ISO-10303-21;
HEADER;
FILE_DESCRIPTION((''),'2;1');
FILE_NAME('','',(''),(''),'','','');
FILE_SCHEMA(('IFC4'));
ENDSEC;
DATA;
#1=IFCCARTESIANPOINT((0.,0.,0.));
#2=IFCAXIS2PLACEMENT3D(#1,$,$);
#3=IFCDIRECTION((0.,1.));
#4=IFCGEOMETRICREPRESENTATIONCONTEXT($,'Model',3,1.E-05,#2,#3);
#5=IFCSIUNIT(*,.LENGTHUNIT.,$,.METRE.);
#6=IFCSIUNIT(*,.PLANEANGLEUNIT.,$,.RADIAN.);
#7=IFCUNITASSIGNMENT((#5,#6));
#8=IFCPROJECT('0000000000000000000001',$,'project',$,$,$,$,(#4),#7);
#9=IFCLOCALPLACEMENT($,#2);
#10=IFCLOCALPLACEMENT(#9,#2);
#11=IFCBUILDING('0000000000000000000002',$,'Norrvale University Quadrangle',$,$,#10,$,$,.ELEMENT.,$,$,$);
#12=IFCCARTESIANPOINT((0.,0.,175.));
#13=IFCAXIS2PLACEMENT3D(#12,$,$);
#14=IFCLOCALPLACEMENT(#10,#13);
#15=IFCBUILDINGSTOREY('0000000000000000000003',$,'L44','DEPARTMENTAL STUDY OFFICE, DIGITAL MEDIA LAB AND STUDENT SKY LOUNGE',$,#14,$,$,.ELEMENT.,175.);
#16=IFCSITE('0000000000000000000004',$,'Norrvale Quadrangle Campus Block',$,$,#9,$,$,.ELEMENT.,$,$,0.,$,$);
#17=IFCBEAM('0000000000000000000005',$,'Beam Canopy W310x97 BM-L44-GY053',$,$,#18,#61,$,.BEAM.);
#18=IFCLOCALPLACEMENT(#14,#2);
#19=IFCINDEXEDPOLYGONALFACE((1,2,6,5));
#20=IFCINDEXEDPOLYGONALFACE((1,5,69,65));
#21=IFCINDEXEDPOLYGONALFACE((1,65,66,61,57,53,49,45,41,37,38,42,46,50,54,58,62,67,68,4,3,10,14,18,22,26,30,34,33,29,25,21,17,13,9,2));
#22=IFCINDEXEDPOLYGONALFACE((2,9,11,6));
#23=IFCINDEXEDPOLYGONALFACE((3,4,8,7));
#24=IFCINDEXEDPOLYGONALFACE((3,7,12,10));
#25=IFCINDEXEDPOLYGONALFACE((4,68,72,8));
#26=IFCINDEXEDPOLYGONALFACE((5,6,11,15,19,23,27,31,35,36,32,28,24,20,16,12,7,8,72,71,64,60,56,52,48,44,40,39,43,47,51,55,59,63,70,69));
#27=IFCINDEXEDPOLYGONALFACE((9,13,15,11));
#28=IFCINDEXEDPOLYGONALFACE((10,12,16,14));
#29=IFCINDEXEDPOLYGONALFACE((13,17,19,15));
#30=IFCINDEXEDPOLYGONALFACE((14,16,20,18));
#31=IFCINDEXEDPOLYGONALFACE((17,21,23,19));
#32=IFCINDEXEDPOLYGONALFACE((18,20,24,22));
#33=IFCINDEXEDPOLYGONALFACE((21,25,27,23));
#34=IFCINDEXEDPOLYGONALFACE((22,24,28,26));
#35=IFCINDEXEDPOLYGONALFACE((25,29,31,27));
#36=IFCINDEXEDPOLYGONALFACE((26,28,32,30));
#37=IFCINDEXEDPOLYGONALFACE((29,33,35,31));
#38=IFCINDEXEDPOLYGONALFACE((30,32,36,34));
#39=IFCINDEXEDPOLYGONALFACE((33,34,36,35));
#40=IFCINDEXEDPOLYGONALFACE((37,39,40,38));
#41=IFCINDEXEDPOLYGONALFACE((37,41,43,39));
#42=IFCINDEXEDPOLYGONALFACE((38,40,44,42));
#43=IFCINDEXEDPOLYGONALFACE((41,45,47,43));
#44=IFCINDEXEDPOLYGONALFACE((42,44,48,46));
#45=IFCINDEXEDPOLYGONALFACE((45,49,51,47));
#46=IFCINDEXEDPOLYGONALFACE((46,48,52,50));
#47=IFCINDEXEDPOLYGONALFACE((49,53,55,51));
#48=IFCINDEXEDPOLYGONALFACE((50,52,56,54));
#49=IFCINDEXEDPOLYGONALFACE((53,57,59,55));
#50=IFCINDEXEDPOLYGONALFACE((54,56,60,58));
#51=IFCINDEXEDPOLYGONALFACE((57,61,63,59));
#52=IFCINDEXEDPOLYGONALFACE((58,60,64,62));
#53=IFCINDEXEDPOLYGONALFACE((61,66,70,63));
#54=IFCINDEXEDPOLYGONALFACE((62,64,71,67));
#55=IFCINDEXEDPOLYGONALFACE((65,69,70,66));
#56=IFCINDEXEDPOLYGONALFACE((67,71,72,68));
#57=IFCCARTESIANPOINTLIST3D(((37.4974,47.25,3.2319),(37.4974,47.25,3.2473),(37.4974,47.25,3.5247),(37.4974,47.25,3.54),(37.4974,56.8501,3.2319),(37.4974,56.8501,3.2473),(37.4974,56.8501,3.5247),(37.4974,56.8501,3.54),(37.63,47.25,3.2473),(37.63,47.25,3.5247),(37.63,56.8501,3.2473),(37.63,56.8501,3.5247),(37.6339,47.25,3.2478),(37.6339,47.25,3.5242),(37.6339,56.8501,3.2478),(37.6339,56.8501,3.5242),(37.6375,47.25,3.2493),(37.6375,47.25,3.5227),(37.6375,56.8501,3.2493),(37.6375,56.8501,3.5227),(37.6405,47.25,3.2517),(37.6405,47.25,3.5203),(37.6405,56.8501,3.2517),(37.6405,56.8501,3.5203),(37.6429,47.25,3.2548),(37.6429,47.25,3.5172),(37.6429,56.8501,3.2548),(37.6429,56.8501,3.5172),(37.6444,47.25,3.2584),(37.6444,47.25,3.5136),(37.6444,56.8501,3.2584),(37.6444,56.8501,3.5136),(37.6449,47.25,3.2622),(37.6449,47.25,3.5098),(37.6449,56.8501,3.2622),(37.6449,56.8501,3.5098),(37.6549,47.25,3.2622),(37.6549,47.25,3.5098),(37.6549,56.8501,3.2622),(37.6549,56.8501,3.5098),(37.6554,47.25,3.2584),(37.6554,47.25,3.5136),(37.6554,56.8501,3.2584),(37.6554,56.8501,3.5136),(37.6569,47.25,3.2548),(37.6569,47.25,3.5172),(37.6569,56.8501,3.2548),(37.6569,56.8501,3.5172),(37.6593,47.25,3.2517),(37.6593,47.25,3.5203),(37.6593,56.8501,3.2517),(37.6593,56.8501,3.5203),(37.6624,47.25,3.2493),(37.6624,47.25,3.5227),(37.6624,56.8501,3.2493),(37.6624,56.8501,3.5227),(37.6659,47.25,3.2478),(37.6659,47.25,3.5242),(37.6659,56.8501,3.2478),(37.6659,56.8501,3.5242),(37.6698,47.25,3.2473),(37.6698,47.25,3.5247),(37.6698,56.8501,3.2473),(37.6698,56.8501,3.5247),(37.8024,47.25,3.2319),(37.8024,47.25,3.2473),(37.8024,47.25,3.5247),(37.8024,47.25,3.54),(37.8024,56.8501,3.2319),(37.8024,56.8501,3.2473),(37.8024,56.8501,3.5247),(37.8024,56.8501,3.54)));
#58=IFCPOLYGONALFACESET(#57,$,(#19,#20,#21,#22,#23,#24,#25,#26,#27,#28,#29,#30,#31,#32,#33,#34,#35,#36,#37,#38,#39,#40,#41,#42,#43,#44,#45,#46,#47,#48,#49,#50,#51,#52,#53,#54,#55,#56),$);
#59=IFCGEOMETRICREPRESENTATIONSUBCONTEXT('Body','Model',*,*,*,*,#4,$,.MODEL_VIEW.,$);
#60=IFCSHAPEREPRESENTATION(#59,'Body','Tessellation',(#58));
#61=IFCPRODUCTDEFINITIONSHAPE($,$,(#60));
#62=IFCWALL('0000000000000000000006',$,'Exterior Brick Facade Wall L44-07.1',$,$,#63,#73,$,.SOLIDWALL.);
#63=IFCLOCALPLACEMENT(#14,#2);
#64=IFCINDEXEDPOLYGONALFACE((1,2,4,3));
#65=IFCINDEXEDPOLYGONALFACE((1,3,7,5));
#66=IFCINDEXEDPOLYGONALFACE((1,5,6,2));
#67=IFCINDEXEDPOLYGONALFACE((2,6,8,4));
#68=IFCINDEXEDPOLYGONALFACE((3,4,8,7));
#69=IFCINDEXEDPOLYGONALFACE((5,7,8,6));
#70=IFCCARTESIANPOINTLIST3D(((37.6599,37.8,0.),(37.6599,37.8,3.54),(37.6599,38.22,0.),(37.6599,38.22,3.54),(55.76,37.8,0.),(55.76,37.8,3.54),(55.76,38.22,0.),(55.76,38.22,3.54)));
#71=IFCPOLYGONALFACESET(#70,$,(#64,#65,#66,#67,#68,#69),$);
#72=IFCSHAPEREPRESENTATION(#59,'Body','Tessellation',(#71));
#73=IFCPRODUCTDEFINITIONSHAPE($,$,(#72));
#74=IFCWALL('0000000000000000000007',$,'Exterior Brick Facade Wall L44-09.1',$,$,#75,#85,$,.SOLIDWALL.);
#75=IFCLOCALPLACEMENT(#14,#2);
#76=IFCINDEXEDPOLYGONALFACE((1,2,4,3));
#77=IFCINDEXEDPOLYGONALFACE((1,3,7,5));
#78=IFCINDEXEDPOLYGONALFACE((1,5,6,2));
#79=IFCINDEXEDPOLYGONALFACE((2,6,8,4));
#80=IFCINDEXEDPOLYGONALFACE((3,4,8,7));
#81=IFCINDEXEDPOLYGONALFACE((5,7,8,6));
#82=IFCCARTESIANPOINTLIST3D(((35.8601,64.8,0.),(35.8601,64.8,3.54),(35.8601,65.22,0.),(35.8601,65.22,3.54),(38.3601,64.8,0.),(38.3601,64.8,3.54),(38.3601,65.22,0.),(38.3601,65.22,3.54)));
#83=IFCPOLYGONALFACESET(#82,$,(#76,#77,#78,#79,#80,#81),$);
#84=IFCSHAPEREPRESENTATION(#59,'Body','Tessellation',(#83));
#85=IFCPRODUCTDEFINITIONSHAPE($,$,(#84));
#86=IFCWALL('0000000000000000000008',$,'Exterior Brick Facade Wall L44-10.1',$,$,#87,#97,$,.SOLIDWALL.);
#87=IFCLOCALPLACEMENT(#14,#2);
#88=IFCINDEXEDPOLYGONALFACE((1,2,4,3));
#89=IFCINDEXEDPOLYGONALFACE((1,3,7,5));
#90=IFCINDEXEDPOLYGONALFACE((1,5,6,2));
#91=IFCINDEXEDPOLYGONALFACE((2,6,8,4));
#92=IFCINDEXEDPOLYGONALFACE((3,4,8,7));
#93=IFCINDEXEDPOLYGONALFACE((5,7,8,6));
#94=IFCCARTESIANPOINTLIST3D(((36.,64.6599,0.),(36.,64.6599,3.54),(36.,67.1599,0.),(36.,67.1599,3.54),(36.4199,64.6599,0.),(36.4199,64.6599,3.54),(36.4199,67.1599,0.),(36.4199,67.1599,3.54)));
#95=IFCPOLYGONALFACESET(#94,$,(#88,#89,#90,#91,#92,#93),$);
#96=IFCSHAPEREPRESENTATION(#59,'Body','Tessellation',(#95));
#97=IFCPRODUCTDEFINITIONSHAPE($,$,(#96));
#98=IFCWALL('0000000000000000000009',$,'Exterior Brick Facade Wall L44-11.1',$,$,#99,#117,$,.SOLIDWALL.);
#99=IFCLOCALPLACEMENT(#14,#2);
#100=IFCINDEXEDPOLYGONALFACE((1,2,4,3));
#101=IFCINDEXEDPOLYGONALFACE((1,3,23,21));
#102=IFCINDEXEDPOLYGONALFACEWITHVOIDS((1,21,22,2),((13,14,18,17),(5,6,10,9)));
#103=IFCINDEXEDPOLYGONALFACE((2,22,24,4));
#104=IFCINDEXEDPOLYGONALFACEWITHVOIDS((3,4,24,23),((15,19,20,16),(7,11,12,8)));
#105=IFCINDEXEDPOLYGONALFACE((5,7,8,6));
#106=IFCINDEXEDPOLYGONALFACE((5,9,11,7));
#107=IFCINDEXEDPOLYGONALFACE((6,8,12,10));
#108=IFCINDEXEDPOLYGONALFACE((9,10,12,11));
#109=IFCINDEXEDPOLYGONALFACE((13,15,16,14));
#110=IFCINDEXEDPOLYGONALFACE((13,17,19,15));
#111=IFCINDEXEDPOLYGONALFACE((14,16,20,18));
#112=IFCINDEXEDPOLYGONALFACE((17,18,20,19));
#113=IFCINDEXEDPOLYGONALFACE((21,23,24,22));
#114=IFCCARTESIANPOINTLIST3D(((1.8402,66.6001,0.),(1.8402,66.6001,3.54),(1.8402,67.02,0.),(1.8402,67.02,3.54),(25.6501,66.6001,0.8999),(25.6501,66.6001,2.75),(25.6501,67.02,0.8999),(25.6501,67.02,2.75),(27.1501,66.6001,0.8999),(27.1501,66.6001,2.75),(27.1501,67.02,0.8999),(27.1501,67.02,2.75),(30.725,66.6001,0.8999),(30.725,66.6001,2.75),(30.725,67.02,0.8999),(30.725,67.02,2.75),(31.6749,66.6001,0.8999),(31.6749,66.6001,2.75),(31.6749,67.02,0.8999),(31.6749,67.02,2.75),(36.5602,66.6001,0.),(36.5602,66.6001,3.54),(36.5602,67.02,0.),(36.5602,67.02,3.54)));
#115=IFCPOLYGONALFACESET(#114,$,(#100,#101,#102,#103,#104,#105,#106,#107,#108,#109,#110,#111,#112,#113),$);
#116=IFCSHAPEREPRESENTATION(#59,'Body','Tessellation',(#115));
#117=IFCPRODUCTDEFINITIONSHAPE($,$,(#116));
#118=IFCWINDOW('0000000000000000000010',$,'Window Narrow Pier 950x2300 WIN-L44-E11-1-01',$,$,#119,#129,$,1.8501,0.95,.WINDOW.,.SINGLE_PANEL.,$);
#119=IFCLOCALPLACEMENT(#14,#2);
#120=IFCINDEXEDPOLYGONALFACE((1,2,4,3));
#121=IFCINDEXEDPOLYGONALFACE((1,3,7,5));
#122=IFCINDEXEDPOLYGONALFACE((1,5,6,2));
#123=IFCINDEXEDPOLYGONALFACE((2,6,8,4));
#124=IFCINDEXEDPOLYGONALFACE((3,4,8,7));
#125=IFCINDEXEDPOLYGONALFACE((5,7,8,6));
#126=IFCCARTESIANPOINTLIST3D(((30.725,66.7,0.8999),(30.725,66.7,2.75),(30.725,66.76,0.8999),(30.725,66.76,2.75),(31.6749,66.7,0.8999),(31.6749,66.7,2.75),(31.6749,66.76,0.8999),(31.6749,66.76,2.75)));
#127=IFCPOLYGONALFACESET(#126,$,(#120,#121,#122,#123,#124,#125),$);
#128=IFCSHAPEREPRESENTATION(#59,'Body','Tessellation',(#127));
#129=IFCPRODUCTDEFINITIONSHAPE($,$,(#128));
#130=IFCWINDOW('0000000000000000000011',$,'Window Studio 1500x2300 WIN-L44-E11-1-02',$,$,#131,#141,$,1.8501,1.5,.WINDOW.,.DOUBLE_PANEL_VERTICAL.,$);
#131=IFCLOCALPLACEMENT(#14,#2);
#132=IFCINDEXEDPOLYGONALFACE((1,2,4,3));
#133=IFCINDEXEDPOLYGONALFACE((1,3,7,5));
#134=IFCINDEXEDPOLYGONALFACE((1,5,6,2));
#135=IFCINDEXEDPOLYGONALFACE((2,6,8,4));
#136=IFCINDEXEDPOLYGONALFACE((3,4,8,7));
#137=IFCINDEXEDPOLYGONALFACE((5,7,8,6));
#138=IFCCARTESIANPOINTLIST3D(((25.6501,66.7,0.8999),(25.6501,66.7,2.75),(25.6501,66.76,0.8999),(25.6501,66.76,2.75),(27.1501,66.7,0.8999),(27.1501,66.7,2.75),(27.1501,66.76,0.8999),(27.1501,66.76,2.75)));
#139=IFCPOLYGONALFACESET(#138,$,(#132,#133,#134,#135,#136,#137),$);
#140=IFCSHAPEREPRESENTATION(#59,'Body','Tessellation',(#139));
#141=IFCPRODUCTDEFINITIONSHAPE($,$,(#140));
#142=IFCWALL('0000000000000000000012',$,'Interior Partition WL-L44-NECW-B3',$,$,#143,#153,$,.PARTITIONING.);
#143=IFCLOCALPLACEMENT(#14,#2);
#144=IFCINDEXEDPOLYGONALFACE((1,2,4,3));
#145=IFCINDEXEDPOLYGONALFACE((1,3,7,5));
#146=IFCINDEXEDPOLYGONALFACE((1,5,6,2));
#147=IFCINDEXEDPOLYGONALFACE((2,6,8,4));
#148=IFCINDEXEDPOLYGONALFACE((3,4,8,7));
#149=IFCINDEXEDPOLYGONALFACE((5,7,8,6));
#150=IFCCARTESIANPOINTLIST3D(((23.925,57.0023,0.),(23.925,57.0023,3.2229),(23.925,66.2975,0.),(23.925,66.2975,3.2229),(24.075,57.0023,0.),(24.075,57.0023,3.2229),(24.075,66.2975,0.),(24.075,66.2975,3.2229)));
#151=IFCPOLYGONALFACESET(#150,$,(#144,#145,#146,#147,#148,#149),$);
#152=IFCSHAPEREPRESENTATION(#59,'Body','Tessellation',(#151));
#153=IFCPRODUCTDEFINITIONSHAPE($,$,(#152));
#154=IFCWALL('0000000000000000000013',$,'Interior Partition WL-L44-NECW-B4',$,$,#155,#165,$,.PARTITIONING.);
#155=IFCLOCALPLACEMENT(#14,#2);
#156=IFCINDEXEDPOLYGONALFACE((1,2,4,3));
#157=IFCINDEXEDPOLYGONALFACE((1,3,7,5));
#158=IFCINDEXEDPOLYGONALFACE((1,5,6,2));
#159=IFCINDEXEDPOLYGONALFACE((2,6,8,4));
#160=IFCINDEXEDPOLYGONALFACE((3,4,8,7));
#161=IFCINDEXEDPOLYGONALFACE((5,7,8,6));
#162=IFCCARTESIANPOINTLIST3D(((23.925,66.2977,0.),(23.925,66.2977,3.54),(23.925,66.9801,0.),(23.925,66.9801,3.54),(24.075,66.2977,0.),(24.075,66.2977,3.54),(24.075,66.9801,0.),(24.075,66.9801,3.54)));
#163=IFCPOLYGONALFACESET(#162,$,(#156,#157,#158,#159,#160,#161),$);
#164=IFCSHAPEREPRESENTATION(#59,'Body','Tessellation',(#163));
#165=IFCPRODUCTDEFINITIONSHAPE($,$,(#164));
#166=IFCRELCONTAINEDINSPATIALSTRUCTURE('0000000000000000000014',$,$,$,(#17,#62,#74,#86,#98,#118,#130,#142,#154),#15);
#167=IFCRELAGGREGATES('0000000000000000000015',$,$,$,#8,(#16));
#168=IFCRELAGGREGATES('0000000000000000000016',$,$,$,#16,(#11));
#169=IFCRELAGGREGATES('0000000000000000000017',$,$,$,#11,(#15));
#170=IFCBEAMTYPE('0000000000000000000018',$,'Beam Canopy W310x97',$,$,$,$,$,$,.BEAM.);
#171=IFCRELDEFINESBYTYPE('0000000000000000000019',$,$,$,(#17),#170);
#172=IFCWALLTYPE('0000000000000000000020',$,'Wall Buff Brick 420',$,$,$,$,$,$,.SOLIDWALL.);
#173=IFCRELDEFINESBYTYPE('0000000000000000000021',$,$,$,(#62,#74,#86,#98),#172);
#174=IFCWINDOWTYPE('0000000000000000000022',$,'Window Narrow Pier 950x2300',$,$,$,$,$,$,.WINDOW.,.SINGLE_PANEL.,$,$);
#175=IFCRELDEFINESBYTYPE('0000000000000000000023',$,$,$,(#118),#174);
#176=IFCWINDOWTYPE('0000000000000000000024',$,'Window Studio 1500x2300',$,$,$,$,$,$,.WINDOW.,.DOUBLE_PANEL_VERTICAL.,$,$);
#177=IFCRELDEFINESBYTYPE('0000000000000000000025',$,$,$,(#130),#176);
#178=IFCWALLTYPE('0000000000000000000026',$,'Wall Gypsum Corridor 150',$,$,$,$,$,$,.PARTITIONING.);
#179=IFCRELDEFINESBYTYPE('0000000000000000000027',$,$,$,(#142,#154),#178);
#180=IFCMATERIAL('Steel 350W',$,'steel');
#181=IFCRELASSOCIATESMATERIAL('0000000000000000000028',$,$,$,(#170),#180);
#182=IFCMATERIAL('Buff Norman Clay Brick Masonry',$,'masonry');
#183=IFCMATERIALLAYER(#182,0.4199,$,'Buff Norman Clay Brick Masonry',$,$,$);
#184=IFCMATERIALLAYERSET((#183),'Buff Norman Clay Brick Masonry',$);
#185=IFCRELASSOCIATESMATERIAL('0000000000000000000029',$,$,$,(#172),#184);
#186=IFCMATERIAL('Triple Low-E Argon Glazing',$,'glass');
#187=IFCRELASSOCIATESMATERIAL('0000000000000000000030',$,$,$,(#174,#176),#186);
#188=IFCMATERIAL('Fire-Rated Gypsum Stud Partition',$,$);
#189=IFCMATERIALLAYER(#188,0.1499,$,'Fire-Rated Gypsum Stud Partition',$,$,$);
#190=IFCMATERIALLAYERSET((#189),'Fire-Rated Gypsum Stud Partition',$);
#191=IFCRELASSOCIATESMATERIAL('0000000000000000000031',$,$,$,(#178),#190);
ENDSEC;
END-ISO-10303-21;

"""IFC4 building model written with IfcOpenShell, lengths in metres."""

from ifc_helpers import new_model, si_unit, direction, frame, frame_2d, origin, origin_2d, place, context, subcontext, project, spatial, rectangle, i_section, extrude, material, layer, layer_set, material_profile, profile_set, type_object, element, fill, save


model = new_model("IFC4")

# Units and contexts
model_context = context("Model", 3, precision=1e-05, world=origin(), true_north=direction((0.0, 1.0)))
body_context = subcontext(model_context, "Body", "Model", "MODEL_VIEW")
ifc_project = project(units=[si_unit("LENGTHUNIT", "METRE"), si_unit("PLANEANGLEUNIT", "RADIAN")], contexts=[model_context])

# Site, building, storey
site_placement = place(None, origin())
site = spatial("IfcSite", under=ifc_project, at=site_placement, Name="Norrvale Quadrangle Campus Block", CompositionType="ELEMENT", RefElevation=0.0)
building_placement = place(site_placement, origin())
building = spatial("IfcBuilding", under=site, at=building_placement, Name="Norrvale University Quadrangle", CompositionType="ELEMENT")
storey_placement = place(building_placement, frame((0.0, 0.0, 175.0)))
storey = spatial("IfcBuildingStorey", under=building, at=storey_placement, Name="L44", Description="DEPARTMENTAL STUDY OFFICE, DIGITAL MEDIA LAB AND STUDENT SKY LOUNGE", CompositionType="ELEMENT", Elevation=175.0)

# Beam
ifc_material_1 = material(Name="Steel 350W", Category="steel")
ifc_material_profile_1 = material_profile(ifc_material_1, i_section(OverallWidth=0.3049, OverallDepth=0.3081, WebThickness=0.01, FlangeThickness=0.0154, FilletRadius=0.0149, at=origin_2d()), Name="Steel 350W")
ifc_profile_set_1 = profile_set([ifc_material_profile_1], Name="Steel 350W")
beam_type_1 = type_object("IfcBeamType", Name="Beam Canopy W310x97", PredefinedType="BEAM", material=ifc_profile_set_1)
beam_1_placement = place(storey_placement, frame((37.6499, 47.25, 3.386), z_axis=(0.0, 1.0, 0.0), x_axis=(-1.0, 0.0, 0.0)))
element("IfcBeam", 1, at=beam_1_placement, inside=storey, type_object=beam_type_1, Name="Beam Canopy W310x97 BM-L44-GY053", PredefinedType="BEAM", context=body_context, shape_type="SweptSolid", body=[
    extrude(i_section(OverallWidth=0.3049, OverallDepth=0.3081, WebThickness=0.01, FlangeThickness=0.0154, FilletRadius=0.0149, at=origin_2d()), origin(), (0.0, 0.0, 1.0), 9.6001),
])

# Walls
ifc_material_2 = material(Name="Buff Norman Clay Brick Masonry", Category="masonry")
ifc_layer_1 = layer(ifc_material_2, 0.4199, Name="Buff Norman Clay Brick Masonry")
ifc_layer_set_1 = layer_set([ifc_layer_1], Name="Buff Norman Clay Brick Masonry")
wall_type_1 = type_object("IfcWallType", Name="Wall Buff Brick 420", PredefinedType="SOLIDWALL", material=ifc_layer_set_1)
wall_1_placement = place(storey_placement, frame((55.76, 38.01, 0.0), z_axis=(0.0, 0.0, 1.0), x_axis=(-1.0, 0.0, 0.0)))
element("IfcWall", 2, at=wall_1_placement, inside=storey, type_object=wall_type_1, Name="Exterior Brick Facade Wall L44-07.1", PredefinedType="SOLIDWALL", context=body_context, shape_type="SweptSolid", body=[
    extrude(rectangle(XDim=18.1001, YDim=0.4199, at=frame_2d((9.05, 0.0))), origin(), (0.0, 0.0, 1.0), 3.54),
])
for number, where, z_axis, x_axis, name in (
    (3, (38.3601, 65.01, 0.0), (0.0, 0.0, 1.0), (-1.0, 0.0, 0.0), "Exterior Brick Facade Wall L44-09.1"),
    (4, (36.21, 64.6599, 0.0), (0.0, 0.0, 1.0), (0.0, 1.0, 0.0), "Exterior Brick Facade Wall L44-10.1"),
):
    element("IfcWall", number, at=place(storey_placement, frame(where, z_axis=z_axis, x_axis=x_axis)), inside=storey, type_object=wall_type_1, Name=name, PredefinedType="SOLIDWALL", context=body_context, shape_type="SweptSolid", body=[
        extrude(rectangle(XDim=2.5, YDim=0.4199, at=frame_2d((1.25, 0.0))), origin(), (0.0, 0.0, 1.0), 3.54),
    ])

# Wall, openings, windows
wall_2_placement = place(storey_placement, frame((36.5601, 66.8101, 0.0), z_axis=(0.0, 0.0, 1.0), x_axis=(-1.0, 0.0, 0.0)))
wall_2 = element("IfcWall", 5, at=wall_2_placement, inside=storey, type_object=wall_type_1, Name="Exterior Brick Facade Wall L44-11.1", PredefinedType="SOLIDWALL", context=body_context, shape_type="SweptSolid", body=[
    extrude(rectangle(XDim=34.72, YDim=0.4199, at=frame_2d((17.3599, 0.0))), origin(), (0.0, 0.0, 1.0), 3.54),
])
opening_1_placement = place(wall_2_placement, frame((4.885, 0.0, 0.8999)))
opening_1 = element("IfcOpeningElement", 6, at=opening_1_placement, cuts=wall_2, PredefinedType="OPENING", context=body_context, shape_type="SweptSolid", body=[
    extrude(rectangle(XDim=0.95, YDim=1.8501, at=frame_2d((0.4751, 0.925))), frame((0.0, 0.2219, 0.0), z_axis=(0.0, -1.0, 0.0), x_axis=(1.0, 0.0, 0.0)), (0.0, 0.0, 1.0), 0.4438),
])
opening_2_placement = place(wall_2_placement, frame((9.4099, 0.0, 0.8999)))
opening_2 = element("IfcOpeningElement", 7, at=opening_2_placement, cuts=wall_2, PredefinedType="OPENING", context=body_context, shape_type="SweptSolid", body=[
    extrude(rectangle(XDim=1.5, YDim=1.8501, at=frame_2d((0.75, 0.925))), frame((0.0, 0.2219, 0.0), z_axis=(0.0, -1.0, 0.0), x_axis=(1.0, 0.0, 0.0)), (0.0, 0.0, 1.0), 0.4438),
])
ifc_material_3 = material(Name="Triple Low-E Argon Glazing", Category="glass")
window_type_1 = type_object("IfcWindowType", Name="Window Narrow Pier 950x2300", PartitioningType="SINGLE_PANEL", PredefinedType="WINDOW", material=ifc_material_3)
window_1_placement = place(opening_1_placement, origin())
window_1 = element("IfcWindow", 8, at=window_1_placement, inside=storey, type_object=window_type_1, Name="Window Narrow Pier 950x2300 WIN-L44-E11-1-01", OverallHeight=1.8501, OverallWidth=0.95, PartitioningType="SINGLE_PANEL", PredefinedType="WINDOW", context=body_context, shape_type="SweptSolid", body=[
    extrude(rectangle(XDim=0.95, YDim=1.8501, at=frame_2d((0.4751, 0.925))), frame((0.0, 0.1101, 0.0), z_axis=(0.0, -1.0, 0.0), x_axis=(1.0, 0.0, 0.0)), (0.0, 0.0, 1.0), 0.0601),
])
fill(opening_1, window_1)
window_type_2 = type_object("IfcWindowType", Name="Window Studio 1500x2300", PartitioningType="DOUBLE_PANEL_VERTICAL", PredefinedType="WINDOW", material=ifc_material_3)
window_2_placement = place(opening_2_placement, origin())
window_2 = element("IfcWindow", 9, at=window_2_placement, inside=storey, type_object=window_type_2, Name="Window Studio 1500x2300 WIN-L44-E11-1-02", OverallHeight=1.8501, OverallWidth=1.5, PartitioningType="DOUBLE_PANEL_VERTICAL", PredefinedType="WINDOW", context=body_context, shape_type="SweptSolid", body=[
    extrude(rectangle(XDim=1.5, YDim=1.8501, at=frame_2d((0.75, 0.925))), frame((0.0, 0.1101, 0.0), z_axis=(0.0, -1.0, 0.0), x_axis=(1.0, 0.0, 0.0)), (0.0, 0.0, 1.0), 0.0601),
])
fill(opening_2, window_2)

# Walls
ifc_material_4 = material(Name="Fire-Rated Gypsum Stud Partition")
ifc_layer_2 = layer(ifc_material_4, 0.1499, Name="Fire-Rated Gypsum Stud Partition")
ifc_layer_set_2 = layer_set([ifc_layer_2], Name="Fire-Rated Gypsum Stud Partition")
wall_type_2 = type_object("IfcWallType", Name="Wall Gypsum Corridor 150", PredefinedType="PARTITIONING", material=ifc_layer_set_2)
wall_3_placement = place(storey_placement, frame((24.0, 57.0024, 0.0), z_axis=(0.0, 0.0, 1.0), x_axis=(0.0, 1.0, 0.0)))
element("IfcWall", 10, at=wall_3_placement, inside=storey, type_object=wall_type_2, Name="Interior Partition WL-L44-NECW-B3", PredefinedType="PARTITIONING", context=body_context, shape_type="SweptSolid", body=[
    extrude(rectangle(XDim=9.2952, YDim=0.1499, at=frame_2d((4.6475, 0.0))), origin(), (0.0, 0.0, 1.0), 3.2229),
])
wall_4_placement = place(storey_placement, frame((24.0, 66.2976, 0.0), z_axis=(0.0, 0.0, 1.0), x_axis=(0.0, 1.0, 0.0)))
element("IfcWall", 11, at=wall_4_placement, inside=storey, type_object=wall_type_2, Name="Interior Partition WL-L44-NECW-B4", PredefinedType="PARTITIONING", context=body_context, shape_type="SweptSolid", body=[
    extrude(rectangle(XDim=0.6824, YDim=0.1499, at=frame_2d((0.3413, 0.0))), origin(), (0.0, 0.0, 1.0), 3.54),
])

save(model, "model.ifc")
